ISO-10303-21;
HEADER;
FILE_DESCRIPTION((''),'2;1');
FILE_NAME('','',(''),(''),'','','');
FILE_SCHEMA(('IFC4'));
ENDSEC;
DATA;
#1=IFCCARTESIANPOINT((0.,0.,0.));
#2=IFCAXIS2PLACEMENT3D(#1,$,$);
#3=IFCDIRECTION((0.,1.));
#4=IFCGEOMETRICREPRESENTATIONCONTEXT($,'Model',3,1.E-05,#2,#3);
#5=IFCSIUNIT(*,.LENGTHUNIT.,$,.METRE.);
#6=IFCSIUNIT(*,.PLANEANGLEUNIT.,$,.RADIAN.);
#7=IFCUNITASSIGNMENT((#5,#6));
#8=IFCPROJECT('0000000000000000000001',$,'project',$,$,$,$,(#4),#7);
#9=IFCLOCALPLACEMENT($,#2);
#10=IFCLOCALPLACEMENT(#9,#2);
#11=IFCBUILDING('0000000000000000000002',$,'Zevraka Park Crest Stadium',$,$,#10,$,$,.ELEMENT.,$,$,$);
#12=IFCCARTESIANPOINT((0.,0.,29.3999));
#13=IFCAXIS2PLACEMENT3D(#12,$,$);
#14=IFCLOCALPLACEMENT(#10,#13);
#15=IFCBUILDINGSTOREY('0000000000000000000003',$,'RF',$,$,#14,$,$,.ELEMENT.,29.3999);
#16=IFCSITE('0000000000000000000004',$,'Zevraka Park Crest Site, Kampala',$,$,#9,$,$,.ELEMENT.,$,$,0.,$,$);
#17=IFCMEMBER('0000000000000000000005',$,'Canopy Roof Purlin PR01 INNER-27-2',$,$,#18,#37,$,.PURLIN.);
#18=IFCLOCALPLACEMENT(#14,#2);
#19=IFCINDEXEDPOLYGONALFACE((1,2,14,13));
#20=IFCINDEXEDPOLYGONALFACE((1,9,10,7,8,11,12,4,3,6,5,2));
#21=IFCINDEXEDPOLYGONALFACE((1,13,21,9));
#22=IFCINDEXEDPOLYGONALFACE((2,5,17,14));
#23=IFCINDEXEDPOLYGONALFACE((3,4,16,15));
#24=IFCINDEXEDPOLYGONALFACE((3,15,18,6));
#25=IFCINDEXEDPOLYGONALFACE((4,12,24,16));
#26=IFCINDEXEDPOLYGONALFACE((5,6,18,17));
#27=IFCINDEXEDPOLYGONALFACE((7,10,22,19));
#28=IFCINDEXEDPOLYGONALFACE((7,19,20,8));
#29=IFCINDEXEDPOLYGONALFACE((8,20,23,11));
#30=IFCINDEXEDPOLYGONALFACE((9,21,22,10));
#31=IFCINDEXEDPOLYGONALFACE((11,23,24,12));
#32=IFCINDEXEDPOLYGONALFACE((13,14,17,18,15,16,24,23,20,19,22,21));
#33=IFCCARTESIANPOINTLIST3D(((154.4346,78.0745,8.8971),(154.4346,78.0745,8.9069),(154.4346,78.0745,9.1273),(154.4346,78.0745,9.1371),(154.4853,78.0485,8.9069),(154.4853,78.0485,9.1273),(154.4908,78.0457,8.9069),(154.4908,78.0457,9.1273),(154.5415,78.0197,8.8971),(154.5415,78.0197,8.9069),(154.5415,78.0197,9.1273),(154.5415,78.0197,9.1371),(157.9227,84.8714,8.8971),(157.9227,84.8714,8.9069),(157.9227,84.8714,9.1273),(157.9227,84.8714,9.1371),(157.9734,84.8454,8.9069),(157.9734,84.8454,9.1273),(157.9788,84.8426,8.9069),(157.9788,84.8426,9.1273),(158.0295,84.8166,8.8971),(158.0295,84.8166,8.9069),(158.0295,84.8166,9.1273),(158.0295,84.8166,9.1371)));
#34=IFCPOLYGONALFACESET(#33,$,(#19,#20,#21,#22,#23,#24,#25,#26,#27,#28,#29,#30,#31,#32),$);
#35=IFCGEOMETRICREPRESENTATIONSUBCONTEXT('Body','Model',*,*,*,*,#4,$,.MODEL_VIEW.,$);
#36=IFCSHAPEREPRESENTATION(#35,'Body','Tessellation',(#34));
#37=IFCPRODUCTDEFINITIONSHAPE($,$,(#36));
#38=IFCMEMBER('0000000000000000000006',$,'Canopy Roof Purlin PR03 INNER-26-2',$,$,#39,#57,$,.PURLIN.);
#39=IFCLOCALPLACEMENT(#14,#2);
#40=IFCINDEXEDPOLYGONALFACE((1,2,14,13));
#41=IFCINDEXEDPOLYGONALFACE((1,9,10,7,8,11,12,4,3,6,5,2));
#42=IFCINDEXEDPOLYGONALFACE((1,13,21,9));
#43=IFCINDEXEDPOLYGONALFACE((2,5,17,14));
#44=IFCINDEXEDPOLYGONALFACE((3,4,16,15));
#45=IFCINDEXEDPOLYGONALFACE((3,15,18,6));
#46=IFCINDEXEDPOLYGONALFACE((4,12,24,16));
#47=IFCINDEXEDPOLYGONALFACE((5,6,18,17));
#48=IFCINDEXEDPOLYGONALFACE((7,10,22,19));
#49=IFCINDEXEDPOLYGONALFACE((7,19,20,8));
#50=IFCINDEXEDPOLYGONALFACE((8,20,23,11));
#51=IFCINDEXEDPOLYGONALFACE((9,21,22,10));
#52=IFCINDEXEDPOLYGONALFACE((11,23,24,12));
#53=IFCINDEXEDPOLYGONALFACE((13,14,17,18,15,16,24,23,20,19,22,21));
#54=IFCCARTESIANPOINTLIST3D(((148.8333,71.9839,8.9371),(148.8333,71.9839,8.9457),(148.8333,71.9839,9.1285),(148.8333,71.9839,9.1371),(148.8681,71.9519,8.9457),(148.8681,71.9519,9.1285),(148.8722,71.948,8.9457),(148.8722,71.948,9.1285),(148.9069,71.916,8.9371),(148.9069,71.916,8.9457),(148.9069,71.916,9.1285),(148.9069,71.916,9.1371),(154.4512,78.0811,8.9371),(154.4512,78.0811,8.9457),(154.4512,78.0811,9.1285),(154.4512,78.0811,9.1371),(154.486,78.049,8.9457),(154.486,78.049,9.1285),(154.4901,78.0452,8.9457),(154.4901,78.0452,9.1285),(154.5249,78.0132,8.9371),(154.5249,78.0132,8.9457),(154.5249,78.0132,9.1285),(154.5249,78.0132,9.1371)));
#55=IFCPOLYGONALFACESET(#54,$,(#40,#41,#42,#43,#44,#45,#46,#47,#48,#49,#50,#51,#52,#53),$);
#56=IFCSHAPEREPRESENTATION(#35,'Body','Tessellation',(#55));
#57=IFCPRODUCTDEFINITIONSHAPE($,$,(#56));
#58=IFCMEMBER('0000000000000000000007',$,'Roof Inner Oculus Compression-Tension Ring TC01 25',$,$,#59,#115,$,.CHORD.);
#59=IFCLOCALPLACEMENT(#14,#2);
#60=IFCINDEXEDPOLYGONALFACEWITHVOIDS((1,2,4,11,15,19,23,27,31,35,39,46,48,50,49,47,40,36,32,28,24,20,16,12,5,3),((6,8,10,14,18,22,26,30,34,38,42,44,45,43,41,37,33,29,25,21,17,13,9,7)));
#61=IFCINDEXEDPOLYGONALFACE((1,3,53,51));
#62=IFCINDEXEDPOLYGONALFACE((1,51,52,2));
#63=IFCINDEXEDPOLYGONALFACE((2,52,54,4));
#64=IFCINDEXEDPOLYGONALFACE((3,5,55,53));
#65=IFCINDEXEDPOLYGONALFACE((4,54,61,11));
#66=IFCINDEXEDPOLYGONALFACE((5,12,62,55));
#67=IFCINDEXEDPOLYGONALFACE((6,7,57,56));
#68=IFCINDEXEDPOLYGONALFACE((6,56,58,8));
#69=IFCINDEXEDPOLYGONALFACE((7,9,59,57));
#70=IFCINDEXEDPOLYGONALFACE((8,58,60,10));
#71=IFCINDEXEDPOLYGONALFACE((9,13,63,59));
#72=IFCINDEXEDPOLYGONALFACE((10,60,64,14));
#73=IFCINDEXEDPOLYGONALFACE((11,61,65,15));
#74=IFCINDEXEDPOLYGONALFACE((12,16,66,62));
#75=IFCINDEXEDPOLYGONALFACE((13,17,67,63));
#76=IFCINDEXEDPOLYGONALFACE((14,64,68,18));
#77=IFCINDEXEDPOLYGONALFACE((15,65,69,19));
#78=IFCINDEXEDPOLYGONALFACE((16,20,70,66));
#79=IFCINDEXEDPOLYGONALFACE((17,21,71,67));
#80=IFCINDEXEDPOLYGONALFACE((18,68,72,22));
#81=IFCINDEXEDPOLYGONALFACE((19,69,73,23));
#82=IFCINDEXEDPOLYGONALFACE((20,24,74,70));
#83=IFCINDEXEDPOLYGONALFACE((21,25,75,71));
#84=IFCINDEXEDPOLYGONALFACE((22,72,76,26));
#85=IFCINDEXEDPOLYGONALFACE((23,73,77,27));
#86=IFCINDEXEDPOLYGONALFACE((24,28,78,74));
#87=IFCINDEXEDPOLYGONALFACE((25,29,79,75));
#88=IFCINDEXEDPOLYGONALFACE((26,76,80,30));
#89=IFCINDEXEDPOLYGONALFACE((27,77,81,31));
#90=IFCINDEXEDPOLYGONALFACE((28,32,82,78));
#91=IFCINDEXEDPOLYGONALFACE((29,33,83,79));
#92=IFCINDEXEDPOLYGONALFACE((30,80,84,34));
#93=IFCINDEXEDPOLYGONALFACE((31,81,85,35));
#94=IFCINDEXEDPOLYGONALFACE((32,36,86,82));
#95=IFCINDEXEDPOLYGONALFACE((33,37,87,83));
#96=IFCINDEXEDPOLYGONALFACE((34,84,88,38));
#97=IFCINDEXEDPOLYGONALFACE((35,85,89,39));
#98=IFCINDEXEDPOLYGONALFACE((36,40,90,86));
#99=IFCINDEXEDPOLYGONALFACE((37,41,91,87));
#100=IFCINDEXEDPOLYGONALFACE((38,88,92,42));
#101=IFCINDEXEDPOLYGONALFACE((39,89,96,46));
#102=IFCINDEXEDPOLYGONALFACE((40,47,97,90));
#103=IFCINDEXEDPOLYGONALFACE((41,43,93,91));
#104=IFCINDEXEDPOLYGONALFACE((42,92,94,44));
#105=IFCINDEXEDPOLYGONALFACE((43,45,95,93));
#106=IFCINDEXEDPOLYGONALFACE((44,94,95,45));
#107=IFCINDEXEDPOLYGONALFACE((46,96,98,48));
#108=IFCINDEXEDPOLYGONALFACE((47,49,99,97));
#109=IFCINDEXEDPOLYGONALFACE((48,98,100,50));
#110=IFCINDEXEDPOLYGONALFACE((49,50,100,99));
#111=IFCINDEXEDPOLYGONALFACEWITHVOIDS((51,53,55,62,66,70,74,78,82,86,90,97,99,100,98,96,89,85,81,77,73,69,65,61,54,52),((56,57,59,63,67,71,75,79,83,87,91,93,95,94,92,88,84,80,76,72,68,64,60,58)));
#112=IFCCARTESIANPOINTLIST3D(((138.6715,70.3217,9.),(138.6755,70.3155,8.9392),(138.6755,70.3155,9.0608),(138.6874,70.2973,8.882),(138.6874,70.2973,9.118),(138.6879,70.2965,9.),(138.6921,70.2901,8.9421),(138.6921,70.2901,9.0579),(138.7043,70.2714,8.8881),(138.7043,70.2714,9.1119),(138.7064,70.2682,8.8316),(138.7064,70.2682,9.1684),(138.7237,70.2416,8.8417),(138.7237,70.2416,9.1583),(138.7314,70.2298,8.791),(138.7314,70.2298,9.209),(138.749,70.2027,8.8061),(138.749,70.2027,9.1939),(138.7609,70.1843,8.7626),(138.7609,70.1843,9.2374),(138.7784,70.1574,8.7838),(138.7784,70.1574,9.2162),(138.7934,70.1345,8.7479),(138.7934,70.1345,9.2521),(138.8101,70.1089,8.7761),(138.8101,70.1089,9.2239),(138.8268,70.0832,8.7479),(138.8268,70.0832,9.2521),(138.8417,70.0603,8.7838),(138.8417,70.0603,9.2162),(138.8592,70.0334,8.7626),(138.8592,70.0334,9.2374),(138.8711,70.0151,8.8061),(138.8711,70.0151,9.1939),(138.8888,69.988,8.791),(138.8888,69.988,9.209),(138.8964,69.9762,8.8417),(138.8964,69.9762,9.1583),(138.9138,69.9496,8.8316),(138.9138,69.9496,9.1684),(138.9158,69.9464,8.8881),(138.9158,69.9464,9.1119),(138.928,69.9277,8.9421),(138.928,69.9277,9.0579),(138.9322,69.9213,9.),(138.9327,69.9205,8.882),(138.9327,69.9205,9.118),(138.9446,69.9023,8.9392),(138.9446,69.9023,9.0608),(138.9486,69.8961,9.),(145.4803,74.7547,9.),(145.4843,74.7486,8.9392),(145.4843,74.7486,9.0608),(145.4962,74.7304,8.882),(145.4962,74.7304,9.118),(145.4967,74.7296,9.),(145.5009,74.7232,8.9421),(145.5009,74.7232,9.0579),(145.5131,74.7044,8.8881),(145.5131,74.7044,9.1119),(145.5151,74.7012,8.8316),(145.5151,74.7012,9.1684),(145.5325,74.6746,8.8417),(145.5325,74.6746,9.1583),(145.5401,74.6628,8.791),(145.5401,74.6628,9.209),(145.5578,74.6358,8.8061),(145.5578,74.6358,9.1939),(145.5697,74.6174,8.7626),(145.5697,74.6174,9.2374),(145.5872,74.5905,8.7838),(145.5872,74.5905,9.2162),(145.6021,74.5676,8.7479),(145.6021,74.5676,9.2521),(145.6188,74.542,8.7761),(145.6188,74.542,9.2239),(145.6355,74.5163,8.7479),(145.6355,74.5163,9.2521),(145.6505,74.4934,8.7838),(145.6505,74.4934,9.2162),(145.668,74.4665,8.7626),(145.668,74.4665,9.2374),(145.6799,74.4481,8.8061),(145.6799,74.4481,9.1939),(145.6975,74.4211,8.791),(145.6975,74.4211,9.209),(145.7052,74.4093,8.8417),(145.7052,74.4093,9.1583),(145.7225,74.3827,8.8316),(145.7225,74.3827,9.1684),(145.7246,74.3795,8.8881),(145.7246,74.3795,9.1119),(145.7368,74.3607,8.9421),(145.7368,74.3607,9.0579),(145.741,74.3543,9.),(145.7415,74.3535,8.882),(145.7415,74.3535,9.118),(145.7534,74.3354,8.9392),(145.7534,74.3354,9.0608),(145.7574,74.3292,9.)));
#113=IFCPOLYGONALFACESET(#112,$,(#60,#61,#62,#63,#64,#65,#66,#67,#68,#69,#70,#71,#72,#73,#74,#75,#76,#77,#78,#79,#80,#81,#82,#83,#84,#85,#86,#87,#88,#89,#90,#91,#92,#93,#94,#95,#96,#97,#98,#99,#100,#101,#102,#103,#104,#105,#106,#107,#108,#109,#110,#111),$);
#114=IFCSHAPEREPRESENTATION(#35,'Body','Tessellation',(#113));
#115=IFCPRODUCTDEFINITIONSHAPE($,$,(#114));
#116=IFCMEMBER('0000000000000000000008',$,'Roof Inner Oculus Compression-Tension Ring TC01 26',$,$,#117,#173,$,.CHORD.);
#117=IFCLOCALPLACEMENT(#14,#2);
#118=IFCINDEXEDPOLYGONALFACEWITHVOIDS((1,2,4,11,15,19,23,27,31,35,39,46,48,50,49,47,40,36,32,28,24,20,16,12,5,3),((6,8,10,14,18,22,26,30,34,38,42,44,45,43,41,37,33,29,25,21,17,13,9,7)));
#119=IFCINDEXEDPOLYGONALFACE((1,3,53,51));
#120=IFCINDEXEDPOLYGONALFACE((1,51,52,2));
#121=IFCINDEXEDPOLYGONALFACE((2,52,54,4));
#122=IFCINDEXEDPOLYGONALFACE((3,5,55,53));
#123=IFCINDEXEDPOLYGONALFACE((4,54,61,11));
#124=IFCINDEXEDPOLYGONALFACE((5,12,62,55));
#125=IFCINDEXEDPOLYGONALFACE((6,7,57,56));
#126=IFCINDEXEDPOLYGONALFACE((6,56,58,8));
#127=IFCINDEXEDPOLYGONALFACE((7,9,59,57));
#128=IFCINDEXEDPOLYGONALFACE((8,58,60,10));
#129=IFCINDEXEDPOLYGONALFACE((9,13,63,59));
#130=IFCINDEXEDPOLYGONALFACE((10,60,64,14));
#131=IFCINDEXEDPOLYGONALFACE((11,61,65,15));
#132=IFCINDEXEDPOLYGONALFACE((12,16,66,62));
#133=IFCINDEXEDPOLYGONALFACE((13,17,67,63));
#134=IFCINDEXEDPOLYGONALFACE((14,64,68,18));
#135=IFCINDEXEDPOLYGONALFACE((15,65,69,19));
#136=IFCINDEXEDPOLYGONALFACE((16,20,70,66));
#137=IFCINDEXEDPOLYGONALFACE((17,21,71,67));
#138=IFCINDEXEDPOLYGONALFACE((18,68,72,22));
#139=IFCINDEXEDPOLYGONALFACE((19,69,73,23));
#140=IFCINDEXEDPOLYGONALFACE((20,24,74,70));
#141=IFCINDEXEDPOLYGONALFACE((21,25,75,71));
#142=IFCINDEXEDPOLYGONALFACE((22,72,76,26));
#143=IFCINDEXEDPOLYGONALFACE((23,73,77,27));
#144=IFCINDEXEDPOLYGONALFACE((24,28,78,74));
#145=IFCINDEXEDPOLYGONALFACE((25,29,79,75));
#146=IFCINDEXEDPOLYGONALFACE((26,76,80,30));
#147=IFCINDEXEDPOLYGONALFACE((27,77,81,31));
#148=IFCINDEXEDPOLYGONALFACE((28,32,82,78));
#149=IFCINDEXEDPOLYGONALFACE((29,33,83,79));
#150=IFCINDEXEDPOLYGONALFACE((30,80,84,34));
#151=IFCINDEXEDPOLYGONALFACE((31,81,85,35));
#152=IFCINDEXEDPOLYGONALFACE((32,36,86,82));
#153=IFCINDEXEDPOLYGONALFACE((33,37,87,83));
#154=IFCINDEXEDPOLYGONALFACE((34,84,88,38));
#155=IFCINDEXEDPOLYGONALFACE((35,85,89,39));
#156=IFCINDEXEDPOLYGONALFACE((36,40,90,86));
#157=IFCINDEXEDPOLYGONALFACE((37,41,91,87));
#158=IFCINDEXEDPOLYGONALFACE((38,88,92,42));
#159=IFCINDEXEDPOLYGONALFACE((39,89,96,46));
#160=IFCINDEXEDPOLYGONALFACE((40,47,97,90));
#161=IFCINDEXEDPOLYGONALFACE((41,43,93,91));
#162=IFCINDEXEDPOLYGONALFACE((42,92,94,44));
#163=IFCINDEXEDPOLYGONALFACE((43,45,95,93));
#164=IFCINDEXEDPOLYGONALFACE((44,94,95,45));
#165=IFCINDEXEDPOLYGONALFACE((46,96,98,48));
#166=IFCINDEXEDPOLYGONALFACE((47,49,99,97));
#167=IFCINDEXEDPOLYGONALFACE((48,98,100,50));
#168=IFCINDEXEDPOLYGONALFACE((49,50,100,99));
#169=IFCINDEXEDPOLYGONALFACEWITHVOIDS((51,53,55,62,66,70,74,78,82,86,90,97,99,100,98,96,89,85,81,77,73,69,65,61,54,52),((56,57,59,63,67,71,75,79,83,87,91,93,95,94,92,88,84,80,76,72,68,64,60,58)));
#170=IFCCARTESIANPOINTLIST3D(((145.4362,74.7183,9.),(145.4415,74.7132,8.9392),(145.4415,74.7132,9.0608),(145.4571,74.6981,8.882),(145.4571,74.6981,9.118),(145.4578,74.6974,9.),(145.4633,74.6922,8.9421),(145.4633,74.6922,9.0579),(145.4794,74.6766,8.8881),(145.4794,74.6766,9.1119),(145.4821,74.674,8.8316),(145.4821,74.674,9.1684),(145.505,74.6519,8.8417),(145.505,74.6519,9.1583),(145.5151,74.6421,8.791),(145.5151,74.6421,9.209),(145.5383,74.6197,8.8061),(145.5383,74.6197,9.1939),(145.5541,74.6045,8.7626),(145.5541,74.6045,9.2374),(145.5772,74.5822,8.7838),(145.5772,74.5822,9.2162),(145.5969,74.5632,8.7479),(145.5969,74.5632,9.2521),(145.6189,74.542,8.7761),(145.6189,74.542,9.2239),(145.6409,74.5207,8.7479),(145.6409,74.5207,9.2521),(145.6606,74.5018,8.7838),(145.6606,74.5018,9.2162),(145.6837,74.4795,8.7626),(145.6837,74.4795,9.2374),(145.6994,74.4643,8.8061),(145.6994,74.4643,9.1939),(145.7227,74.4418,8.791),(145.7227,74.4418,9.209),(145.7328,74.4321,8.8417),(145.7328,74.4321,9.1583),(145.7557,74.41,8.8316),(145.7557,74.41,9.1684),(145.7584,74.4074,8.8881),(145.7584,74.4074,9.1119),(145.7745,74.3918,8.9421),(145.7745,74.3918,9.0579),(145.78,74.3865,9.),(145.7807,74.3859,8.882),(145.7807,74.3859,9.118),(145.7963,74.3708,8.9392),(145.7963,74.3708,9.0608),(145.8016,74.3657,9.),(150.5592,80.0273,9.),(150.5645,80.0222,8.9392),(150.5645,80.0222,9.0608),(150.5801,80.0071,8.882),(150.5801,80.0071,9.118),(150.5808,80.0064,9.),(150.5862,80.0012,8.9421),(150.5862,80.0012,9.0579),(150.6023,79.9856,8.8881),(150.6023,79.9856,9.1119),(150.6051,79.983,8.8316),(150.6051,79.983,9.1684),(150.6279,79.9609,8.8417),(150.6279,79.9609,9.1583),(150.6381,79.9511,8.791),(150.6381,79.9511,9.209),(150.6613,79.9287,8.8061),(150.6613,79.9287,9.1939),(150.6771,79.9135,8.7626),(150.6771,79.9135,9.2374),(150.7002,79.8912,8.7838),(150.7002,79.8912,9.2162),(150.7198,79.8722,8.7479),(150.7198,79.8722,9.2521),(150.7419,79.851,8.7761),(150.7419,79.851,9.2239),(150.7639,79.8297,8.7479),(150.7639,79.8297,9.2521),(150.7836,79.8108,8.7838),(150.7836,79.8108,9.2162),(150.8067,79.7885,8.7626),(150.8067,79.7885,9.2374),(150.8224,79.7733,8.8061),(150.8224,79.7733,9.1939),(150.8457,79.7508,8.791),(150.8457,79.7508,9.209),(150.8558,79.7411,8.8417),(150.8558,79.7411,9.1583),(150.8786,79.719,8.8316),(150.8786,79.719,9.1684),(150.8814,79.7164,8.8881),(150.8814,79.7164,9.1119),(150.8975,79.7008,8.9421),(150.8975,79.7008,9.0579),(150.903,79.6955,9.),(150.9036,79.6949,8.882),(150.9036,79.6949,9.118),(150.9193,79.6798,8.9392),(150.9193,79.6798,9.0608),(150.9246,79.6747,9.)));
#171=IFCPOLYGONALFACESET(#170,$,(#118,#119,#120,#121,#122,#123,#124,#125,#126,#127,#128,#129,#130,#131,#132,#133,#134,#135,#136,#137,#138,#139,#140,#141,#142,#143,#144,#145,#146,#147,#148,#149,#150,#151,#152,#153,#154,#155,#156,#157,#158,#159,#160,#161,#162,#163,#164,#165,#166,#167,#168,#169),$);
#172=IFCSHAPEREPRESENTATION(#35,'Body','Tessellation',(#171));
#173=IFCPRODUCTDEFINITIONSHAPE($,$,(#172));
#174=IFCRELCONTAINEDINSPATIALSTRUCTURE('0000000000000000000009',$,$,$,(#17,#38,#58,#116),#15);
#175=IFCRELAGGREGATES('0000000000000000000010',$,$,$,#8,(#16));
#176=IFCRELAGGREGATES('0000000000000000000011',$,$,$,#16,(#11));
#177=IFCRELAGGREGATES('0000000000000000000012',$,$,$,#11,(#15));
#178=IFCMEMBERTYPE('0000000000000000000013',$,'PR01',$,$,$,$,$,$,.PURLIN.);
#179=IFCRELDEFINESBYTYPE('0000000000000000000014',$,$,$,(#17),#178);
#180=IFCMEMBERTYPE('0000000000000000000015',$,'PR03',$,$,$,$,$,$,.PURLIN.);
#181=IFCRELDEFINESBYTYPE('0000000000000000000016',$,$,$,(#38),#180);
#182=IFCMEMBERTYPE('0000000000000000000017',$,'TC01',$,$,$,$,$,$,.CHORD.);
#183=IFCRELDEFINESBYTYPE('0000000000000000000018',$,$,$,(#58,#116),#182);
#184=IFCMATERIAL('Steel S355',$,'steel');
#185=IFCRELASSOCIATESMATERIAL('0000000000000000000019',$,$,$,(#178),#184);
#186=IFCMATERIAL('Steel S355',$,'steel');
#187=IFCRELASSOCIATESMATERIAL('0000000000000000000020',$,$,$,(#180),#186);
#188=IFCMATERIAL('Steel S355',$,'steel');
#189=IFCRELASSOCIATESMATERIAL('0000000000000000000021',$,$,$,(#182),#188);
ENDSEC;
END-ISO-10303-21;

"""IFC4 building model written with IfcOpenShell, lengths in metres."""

from ifc_helpers import new_model, si_unit, direction, frame, origin, origin_2d, place, context, subcontext, project, spatial, hollow_circle, i_section, extrude, material, material_profile, profile_set, type_object, element, save


model = new_model("IFC4")

# Units and contexts
model_context = context("Model", 3, precision=1e-05, world=origin(), true_north=direction((0.0, 1.0)))
body_context = subcontext(model_context, "Body", "Model", "MODEL_VIEW")
ifc_project = project(units=[si_unit("LENGTHUNIT", "METRE"), si_unit("PLANEANGLEUNIT", "RADIAN")], contexts=[model_context])

# Site, building, storey
site_placement = place(None, origin())
site = spatial("IfcSite", under=ifc_project, at=site_placement, Name="Zevraka Park Crest Site, Kampala", CompositionType="ELEMENT", RefElevation=0.0)
building_placement = place(site_placement, origin())
building = spatial("IfcBuilding", under=site, at=building_placement, Name="Zevraka Park Crest Stadium", CompositionType="ELEMENT")
storey_placement = place(building_placement, frame((0.0, 0.0, 29.3999)))
storey = spatial("IfcBuildingStorey", under=building, at=storey_placement, Name="RF", CompositionType="ELEMENT", Elevation=29.3999)

# Members
ifc_material_1 = material(Name="Steel S355", Category="steel")
ifc_material_profile_1 = material_profile(ifc_material_1, i_section(OverallWidth=0.1201, OverallDepth=0.24, WebThickness=0.0061, FlangeThickness=0.0098, at=origin_2d()), Name="IPE 240")
ifc_profile_set_1 = profile_set([ifc_material_profile_1], Name="Steel S355")
member_type_1 = type_object("IfcMemberType", Name="PR01", PredefinedType="PURLIN", material=ifc_profile_set_1)
member_1_placement = place(storey_placement, frame((154.488, 78.0471, 9.0171), z_axis=(0.456572, 0.889687, 0.0), x_axis=(-0.889687, 0.456572, 0.0)))
element("IfcMember", 1, at=member_1_placement, inside=storey, type_object=member_type_1, Name="Canopy Roof Purlin PR01 INNER-27-2", PredefinedType="PURLIN", context=body_context, shape_type="SweptSolid", body=[
    extrude(i_section(OverallWidth=0.1201, OverallDepth=0.24, WebThickness=0.0061, FlangeThickness=0.0098, at=origin_2d()), origin(), (0.0, 0.0, 1.0), 7.6396),
])
ifc_material_2 = material(Name="Steel S355", Category="steel")
ifc_material_profile_2 = material_profile(ifc_material_2, i_section(OverallWidth=0.1001, OverallDepth=0.2, WebThickness=0.0056, FlangeThickness=0.0085, at=origin_2d()), Name="IPE 200")
ifc_profile_set_2 = profile_set([ifc_material_profile_2], Name="Steel S355")
member_type_2 = type_object("IfcMemberType", Name="PR03", PredefinedType="PURLIN", material=ifc_profile_set_2)
member_2_placement = place(storey_placement, frame((148.8701, 71.95, 9.0371), z_axis=(0.677613, 0.735418, 0.0), x_axis=(-0.735418, 0.677613, 0.0)))
element("IfcMember", 2, at=member_2_placement, inside=storey, type_object=member_type_2, Name="Canopy Roof Purlin PR03 INNER-26-2", PredefinedType="PURLIN", context=body_context, shape_type="SweptSolid", body=[
    extrude(i_section(OverallWidth=0.1001, OverallDepth=0.2, WebThickness=0.0056, FlangeThickness=0.0085, at=origin_2d()), origin(), (0.0, 0.0, 1.0), 8.2908),
])
ifc_material_3 = material(Name="Steel S355", Category="steel")
ifc_material_profile_3 = material_profile(ifc_material_3, hollow_circle(Radius=0.2539, WallThickness=0.03, at=origin_2d()), Name="CHS 508.0x30")
ifc_profile_set_3 = profile_set([ifc_material_profile_3], Name="Steel S355")
member_type_3 = type_object("IfcMemberType", Name="TC01", PredefinedType="CHORD", material=ifc_profile_set_3)
member_3_placement = place(storey_placement, frame((138.8101, 70.1089, 9.0), z_axis=(0.838029, 0.545625, 0.0), x_axis=(-0.545625, 0.838029, 0.0)))
element("IfcMember", 3, at=member_3_placement, inside=storey, type_object=member_type_3, Name="Roof Inner Oculus Compression-Tension Ring TC01 25", PredefinedType="CHORD", context=body_context, shape_type="SweptSolid", body=[
    extrude(hollow_circle(Radius=0.2539, WallThickness=0.03, at=origin_2d()), origin(), (0.0, 0.0, 1.0), 8.1248),
])
member_4_placement = place(storey_placement, frame((145.6189, 74.542, 9.0), z_axis=(0.694387, 0.719602, 0.0), x_axis=(-0.719602, 0.694387, 0.0)))
element("IfcMember", 4, at=member_4_placement, inside=storey, type_object=member_type_3, Name="Roof Inner Oculus Compression-Tension Ring TC01 26", PredefinedType="CHORD", context=body_context, shape_type="SweptSolid", body=[
    extrude(hollow_circle(Radius=0.2539, WallThickness=0.03, at=origin_2d()), origin(), (0.0, 0.0, 1.0), 7.3777),
])

save(model, "model.ifc")
